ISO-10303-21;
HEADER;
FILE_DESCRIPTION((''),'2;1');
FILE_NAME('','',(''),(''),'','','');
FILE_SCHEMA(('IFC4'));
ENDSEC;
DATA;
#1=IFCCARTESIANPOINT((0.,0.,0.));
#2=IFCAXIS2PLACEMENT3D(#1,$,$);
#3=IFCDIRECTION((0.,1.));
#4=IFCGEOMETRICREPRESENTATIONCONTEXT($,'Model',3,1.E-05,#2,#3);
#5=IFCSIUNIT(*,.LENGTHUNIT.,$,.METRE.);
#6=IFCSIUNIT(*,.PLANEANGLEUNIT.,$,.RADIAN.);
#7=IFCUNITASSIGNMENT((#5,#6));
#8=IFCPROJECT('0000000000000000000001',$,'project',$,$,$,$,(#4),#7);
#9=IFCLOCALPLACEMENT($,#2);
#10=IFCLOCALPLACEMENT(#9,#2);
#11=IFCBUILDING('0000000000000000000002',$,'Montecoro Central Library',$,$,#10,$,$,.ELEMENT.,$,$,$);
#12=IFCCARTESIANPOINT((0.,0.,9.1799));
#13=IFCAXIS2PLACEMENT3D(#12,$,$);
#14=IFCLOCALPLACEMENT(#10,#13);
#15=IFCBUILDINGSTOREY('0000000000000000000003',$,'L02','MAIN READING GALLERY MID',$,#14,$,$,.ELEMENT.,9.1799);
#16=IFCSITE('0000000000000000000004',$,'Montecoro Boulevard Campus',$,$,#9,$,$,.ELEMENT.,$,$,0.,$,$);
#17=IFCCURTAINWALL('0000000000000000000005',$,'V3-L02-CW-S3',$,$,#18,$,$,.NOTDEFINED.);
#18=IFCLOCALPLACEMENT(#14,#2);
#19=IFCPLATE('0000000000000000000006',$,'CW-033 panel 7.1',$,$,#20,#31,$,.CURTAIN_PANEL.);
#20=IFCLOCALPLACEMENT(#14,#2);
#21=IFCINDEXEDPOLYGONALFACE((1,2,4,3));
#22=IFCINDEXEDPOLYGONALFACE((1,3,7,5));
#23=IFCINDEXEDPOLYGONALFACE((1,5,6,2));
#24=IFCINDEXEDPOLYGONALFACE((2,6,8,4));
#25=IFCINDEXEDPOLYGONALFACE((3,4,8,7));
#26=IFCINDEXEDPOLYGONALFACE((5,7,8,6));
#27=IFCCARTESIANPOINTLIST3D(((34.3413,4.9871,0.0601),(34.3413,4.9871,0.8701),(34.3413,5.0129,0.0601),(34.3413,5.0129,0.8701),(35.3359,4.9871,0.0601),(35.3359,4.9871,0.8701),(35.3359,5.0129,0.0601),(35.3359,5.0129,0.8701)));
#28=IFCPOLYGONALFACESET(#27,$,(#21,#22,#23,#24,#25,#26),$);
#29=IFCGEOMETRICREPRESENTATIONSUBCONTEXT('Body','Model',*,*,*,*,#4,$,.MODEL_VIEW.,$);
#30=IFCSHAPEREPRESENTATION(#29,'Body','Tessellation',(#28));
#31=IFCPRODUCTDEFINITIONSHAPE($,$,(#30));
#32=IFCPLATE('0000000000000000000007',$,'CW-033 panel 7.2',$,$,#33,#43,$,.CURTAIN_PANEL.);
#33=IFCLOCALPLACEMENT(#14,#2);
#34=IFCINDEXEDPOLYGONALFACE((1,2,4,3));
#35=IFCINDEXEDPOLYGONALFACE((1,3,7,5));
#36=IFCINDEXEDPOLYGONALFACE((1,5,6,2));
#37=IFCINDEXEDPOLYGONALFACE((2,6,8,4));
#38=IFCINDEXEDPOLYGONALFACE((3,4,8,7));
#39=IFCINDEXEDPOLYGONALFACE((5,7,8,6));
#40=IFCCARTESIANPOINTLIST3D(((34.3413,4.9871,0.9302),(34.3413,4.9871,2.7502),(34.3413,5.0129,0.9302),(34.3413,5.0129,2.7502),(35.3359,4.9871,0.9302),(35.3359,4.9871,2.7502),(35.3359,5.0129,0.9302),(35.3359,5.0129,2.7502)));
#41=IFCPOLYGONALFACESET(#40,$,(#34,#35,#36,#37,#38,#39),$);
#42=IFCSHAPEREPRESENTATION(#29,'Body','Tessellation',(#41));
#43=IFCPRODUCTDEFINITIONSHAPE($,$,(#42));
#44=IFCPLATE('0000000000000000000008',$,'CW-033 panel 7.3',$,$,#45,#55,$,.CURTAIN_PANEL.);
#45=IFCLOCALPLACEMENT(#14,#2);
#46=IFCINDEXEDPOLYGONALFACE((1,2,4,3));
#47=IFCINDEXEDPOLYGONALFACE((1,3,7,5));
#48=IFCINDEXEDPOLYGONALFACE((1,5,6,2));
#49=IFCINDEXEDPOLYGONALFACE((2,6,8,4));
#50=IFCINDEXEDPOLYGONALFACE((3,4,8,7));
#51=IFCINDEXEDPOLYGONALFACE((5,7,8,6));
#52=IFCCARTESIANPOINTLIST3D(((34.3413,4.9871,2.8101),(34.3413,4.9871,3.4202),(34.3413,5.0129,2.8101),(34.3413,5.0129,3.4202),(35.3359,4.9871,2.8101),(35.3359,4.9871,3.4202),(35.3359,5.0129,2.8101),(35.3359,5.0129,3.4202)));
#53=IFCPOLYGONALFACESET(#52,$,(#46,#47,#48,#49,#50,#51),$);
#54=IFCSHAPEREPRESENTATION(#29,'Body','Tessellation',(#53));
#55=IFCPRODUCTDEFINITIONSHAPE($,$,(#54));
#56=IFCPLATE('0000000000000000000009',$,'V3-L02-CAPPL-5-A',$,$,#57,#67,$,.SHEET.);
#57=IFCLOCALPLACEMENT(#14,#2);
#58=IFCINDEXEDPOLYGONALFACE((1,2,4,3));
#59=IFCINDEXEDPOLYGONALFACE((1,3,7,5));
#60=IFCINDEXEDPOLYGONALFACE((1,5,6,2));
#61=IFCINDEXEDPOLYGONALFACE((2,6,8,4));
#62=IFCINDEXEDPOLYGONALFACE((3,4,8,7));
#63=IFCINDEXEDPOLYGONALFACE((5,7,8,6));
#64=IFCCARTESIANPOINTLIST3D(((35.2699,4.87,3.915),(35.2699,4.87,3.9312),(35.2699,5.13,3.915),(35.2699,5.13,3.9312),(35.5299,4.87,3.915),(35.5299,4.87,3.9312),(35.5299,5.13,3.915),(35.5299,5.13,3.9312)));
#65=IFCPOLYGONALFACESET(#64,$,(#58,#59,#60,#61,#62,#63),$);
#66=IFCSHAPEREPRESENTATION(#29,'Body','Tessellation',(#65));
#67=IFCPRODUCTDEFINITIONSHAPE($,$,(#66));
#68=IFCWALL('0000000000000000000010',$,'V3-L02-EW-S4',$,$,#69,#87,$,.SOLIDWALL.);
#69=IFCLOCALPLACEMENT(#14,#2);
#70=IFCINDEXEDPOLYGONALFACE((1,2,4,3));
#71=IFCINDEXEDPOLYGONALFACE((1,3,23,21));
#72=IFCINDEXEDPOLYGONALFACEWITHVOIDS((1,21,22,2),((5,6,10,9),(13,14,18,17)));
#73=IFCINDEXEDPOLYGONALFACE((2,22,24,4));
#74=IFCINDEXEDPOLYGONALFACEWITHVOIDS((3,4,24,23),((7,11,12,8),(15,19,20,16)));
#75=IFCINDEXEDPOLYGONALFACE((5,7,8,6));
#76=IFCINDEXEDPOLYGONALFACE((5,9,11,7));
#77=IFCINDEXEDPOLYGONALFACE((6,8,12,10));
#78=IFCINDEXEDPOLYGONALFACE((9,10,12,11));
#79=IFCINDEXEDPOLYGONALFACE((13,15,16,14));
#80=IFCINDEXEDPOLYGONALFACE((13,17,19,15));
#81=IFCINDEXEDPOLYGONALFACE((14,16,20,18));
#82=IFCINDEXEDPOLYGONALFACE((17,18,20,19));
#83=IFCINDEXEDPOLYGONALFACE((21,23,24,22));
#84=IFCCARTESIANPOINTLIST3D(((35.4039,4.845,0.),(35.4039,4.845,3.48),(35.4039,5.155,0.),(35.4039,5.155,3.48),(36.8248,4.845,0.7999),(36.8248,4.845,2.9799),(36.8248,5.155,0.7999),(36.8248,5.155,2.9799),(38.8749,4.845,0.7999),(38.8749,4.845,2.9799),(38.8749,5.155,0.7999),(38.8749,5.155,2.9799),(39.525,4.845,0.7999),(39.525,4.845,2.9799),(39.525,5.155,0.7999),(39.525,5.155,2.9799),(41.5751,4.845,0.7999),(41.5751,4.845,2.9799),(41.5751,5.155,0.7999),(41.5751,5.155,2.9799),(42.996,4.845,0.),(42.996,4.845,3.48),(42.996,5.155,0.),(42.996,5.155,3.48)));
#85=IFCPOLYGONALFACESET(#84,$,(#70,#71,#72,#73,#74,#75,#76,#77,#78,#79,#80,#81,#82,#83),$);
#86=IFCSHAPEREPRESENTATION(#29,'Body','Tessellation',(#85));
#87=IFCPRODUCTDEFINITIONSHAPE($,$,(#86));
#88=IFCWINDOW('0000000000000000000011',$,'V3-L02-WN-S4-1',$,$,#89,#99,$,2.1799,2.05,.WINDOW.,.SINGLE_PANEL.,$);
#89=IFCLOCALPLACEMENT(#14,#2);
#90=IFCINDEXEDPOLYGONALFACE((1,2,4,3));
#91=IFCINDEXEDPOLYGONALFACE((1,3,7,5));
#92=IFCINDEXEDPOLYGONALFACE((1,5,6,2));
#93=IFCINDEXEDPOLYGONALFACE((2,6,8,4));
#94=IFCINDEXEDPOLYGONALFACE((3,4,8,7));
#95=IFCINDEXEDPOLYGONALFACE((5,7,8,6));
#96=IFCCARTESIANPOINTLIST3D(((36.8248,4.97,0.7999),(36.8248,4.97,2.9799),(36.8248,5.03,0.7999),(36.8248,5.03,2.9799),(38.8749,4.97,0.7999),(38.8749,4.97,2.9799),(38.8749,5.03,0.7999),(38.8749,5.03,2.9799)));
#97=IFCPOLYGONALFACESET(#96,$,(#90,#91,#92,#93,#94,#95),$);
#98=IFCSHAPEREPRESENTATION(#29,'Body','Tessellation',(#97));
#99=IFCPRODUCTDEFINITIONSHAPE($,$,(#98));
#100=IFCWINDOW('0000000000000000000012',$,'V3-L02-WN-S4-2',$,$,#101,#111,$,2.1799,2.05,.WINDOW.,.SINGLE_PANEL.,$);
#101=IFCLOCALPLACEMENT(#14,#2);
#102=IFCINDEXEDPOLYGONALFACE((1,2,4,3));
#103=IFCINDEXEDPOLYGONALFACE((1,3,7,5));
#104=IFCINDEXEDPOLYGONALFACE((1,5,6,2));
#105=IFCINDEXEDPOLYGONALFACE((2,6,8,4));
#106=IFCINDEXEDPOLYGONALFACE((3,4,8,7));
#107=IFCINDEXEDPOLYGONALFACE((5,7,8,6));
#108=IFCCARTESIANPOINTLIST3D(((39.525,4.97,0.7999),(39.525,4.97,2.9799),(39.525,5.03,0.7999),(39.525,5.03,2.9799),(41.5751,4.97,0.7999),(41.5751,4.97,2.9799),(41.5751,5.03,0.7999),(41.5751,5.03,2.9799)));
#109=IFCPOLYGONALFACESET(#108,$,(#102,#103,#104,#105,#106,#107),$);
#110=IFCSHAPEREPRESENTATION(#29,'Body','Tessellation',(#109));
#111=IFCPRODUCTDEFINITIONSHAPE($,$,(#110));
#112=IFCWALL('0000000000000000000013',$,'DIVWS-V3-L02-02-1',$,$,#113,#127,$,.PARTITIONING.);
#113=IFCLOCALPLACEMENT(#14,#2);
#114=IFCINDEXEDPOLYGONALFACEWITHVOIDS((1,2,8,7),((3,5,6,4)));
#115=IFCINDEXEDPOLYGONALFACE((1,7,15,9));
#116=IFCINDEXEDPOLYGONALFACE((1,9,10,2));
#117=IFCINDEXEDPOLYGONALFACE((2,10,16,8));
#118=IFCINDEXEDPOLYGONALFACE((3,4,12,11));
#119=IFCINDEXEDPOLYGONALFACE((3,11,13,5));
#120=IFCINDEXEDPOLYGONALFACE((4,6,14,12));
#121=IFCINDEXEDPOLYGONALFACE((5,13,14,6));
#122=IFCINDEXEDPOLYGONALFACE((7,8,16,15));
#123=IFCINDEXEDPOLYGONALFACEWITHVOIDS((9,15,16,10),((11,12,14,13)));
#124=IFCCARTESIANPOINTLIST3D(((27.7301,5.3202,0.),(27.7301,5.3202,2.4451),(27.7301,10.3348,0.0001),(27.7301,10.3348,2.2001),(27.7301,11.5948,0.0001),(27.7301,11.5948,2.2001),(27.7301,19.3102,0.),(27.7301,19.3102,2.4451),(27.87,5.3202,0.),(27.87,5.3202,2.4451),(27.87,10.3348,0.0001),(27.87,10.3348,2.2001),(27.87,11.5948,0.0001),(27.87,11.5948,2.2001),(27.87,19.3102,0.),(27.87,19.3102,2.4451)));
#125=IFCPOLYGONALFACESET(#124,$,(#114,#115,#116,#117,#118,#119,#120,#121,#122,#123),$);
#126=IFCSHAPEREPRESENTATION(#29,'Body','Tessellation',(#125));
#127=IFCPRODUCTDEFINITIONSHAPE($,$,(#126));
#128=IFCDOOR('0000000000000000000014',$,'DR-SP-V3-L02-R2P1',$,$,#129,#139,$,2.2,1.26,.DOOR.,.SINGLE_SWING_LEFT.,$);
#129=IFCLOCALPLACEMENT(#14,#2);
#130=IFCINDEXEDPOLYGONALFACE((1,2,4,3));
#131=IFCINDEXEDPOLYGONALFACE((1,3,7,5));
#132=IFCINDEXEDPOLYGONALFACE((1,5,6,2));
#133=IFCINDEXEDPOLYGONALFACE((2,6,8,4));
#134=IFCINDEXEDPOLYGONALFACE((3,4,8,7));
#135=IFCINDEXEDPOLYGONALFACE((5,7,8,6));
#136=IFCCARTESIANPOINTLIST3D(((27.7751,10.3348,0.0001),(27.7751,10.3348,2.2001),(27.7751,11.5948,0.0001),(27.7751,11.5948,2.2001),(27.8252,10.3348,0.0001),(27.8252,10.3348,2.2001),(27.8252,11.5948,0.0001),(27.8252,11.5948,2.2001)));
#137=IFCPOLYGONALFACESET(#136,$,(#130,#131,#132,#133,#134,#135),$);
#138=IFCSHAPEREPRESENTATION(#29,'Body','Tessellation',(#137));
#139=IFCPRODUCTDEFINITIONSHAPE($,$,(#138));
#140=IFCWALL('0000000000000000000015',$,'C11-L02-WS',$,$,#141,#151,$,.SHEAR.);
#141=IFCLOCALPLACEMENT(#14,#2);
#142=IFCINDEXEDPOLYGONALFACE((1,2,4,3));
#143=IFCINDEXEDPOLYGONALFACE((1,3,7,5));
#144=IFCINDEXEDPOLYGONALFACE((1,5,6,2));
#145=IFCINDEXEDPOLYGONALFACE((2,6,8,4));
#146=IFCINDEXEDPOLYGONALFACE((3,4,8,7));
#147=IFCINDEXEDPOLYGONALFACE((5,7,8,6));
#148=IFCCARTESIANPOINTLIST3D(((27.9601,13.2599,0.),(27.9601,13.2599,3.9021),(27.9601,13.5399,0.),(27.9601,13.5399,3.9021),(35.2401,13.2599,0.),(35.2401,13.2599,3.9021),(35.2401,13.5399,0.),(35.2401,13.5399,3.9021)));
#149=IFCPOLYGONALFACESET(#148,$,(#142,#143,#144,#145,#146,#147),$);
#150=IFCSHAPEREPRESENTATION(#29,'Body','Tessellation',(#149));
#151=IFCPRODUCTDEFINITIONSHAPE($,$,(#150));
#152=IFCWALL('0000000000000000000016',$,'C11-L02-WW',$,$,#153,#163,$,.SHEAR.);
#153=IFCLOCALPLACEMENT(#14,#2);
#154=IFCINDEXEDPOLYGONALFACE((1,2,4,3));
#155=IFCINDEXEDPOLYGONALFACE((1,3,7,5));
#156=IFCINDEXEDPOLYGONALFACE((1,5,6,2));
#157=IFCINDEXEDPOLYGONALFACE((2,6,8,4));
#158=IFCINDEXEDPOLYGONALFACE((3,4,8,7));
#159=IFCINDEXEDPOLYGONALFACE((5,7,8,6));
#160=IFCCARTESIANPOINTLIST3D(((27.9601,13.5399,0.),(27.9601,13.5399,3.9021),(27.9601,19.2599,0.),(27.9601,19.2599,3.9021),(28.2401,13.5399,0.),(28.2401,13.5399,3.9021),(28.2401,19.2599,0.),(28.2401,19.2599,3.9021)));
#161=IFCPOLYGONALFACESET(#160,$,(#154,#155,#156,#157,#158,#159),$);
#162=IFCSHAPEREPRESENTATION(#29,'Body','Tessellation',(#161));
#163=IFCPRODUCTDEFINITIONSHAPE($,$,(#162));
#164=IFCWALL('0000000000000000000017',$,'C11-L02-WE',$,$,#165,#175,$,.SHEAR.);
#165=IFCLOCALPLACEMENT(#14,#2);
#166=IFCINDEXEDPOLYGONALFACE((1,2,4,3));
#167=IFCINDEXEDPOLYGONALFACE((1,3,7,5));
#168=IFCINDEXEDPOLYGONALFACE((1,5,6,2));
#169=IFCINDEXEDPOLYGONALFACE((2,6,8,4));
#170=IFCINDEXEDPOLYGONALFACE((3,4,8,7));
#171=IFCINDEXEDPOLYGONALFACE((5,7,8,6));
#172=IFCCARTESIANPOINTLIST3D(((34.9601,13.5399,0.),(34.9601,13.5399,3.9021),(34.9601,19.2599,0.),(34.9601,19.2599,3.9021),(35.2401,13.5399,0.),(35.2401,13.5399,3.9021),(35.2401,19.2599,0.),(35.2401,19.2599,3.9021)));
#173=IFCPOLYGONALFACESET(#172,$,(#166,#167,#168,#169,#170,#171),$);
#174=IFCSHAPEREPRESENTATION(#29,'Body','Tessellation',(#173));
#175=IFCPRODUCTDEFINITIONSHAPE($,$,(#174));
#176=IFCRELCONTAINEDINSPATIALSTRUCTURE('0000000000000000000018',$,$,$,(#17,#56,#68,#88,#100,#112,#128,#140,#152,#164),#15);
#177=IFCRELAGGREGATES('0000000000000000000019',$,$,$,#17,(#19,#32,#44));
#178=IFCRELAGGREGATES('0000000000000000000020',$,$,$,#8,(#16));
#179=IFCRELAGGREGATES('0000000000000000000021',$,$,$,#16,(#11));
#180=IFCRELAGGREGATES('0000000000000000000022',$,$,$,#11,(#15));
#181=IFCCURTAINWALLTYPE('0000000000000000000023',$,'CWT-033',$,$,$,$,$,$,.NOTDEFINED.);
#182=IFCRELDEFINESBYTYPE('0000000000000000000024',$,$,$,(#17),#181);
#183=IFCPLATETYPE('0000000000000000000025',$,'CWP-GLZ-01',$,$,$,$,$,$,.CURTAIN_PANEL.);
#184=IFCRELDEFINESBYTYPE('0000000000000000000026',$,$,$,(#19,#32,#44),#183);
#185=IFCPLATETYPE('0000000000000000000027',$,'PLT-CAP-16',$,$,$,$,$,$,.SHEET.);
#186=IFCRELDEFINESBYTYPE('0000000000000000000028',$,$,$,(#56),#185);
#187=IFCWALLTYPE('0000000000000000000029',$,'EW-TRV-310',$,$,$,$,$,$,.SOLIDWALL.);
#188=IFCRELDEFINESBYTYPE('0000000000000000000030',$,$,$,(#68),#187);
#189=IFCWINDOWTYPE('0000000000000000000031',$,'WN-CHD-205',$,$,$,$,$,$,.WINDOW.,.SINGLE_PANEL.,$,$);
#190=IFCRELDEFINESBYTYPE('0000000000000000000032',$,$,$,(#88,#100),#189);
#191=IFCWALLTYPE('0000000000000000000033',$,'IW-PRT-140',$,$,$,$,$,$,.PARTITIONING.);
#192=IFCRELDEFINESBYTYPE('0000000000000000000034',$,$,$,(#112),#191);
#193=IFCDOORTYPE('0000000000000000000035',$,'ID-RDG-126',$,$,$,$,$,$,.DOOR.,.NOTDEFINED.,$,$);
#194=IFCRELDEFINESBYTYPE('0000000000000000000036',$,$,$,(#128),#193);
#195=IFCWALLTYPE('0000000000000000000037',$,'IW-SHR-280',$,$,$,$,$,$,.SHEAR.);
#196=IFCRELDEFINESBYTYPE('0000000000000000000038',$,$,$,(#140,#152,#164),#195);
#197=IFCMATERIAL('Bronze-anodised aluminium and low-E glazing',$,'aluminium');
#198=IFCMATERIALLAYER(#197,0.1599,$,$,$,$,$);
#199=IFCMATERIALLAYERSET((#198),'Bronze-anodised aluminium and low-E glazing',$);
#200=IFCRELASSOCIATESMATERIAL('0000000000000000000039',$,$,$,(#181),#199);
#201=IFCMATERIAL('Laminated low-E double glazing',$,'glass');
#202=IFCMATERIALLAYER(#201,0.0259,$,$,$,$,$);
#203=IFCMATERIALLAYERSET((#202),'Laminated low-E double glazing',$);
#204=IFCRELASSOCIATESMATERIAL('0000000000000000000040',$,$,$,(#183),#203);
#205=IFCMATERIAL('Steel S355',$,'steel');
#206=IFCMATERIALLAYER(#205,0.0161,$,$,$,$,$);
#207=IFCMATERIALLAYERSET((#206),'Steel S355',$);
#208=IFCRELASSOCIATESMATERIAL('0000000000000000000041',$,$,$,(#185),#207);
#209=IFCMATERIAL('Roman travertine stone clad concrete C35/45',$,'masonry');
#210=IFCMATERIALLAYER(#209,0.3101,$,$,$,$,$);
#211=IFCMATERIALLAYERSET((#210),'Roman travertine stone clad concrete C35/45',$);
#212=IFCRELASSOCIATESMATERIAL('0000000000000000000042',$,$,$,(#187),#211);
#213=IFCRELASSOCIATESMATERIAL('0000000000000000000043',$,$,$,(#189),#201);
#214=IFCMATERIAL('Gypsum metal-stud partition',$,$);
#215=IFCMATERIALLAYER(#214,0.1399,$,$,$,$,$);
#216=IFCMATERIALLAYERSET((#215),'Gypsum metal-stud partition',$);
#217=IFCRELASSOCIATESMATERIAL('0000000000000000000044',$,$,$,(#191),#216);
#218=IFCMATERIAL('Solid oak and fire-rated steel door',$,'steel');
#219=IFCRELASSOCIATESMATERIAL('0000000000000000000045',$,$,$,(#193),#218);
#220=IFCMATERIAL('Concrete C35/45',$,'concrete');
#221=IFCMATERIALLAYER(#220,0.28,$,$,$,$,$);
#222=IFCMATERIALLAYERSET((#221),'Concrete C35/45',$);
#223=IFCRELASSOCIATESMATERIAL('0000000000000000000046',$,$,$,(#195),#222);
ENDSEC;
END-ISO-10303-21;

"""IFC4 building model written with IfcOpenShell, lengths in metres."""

from ifc_helpers import new_model, si_unit, direction, frame, frame_2d, origin, origin_2d, place, context, subcontext, project, spatial, rectangle, extrude, material, layer, layer_set, type_object, element, fill, aggregate, save


model = new_model("IFC4")

# Units and contexts
model_context = context("Model", 3, precision=1e-05, world=origin(), true_north=direction((0.0, 1.0)))
body_context = subcontext(model_context, "Body", "Model", "MODEL_VIEW")
ifc_project = project(units=[si_unit("LENGTHUNIT", "METRE"), si_unit("PLANEANGLEUNIT", "RADIAN")], contexts=[model_context])

# Site, building, storey
site_placement = place(None, origin())
site = spatial("IfcSite", under=ifc_project, at=site_placement, Name="Montecoro Boulevard Campus", CompositionType="ELEMENT", RefElevation=0.0)
building_placement = place(site_placement, origin())
building = spatial("IfcBuilding", under=site, at=building_placement, Name="Montecoro Central Library", CompositionType="ELEMENT")
storey_placement = place(building_placement, frame((0.0, 0.0, 9.1799)))
storey = spatial("IfcBuildingStorey", under=building, at=storey_placement, Name="L02", Description="MAIN READING GALLERY MID", CompositionType="ELEMENT", Elevation=9.1799)

# Shared definitions
ifc_material_1 = material(Name="Steel S355", Category="steel")

# Curtain wall, plates
ifc_material_2 = material(Name="Bronze-anodised aluminium and low-E glazing", Category="aluminium")
ifc_layer_1 = layer(ifc_material_2, 0.1599)
ifc_layer_set_1 = layer_set([ifc_layer_1], Name="Bronze-anodised aluminium and low-E glazing")
curtain_wall_type = type_object("IfcCurtainWallType", Name="CWT-033", PredefinedType="NOTDEFINED", material=ifc_layer_set_1)
curtain_wall_placement = place(storey_placement, origin())
curtain_wall = element("IfcCurtainWall", 1, at=curtain_wall_placement, inside=storey, type_object=curtain_wall_type, Name="V3-L02-CW-S3", PredefinedType="NOTDEFINED")
ifc_material_3 = material(Name="Laminated low-E double glazing", Category="glass")
ifc_layer_2 = layer(ifc_material_3, 0.0259)
ifc_layer_set_2 = layer_set([ifc_layer_2], Name="Laminated low-E double glazing")
plate_type_1 = type_object("IfcPlateType", Name="CWP-GLZ-01", PredefinedType="CURTAIN_PANEL", material=ifc_layer_set_2)
plate_1_placement = place(storey_placement, frame((34.8386, 5.0, 0.0601), z_axis=(0.0, 0.0, 1.0), x_axis=(1.0, 0.0, 0.0)))
plate_1 = element("IfcPlate", 2, at=plate_1_placement, type_object=plate_type_1, Name="CW-033 panel 7.1", PredefinedType="CURTAIN_PANEL", context=body_context, shape_type="SweptSolid", body=[
    extrude(rectangle(XDim=0.9946, YDim=0.0259, at=origin_2d()), origin(), (0.0, 0.0, 1.0), 0.8101),
])
plate_2_placement = place(storey_placement, frame((34.8386, 5.0, 0.9302), z_axis=(0.0, 0.0, 1.0), x_axis=(1.0, 0.0, 0.0)))
plate_2 = element("IfcPlate", 3, at=plate_2_placement, type_object=plate_type_1, Name="CW-033 panel 7.2", PredefinedType="CURTAIN_PANEL", context=body_context, shape_type="SweptSolid", body=[
    extrude(rectangle(XDim=0.9946, YDim=0.0259, at=origin_2d()), origin(), (0.0, 0.0, 1.0), 1.8201),
])
plate_3_placement = place(storey_placement, frame((34.8386, 5.0, 2.8101), z_axis=(0.0, 0.0, 1.0), x_axis=(1.0, 0.0, 0.0)))
plate_3 = element("IfcPlate", 4, at=plate_3_placement, type_object=plate_type_1, Name="CW-033 panel 7.3", PredefinedType="CURTAIN_PANEL", context=body_context, shape_type="SweptSolid", body=[
    extrude(rectangle(XDim=0.9946, YDim=0.0259, at=origin_2d()), origin(), (0.0, 0.0, 1.0), 0.6101),
])
aggregate(curtain_wall, [plate_1, plate_2, plate_3])

# Plate
ifc_layer_3 = layer(ifc_material_1, 0.0161)
ifc_layer_set_3 = layer_set([ifc_layer_3], Name="Steel S355")
plate_type_2 = type_object("IfcPlateType", Name="PLT-CAP-16", PredefinedType="SHEET", material=ifc_layer_set_3)
plate_4_placement = place(storey_placement, frame((35.3999, 5.0, 3.915), z_axis=(0.0, 0.0, 1.0), x_axis=(1.0, 0.0, 0.0)))
element("IfcPlate", 5, at=plate_4_placement, inside=storey, type_object=plate_type_2, Name="V3-L02-CAPPL-5-A", PredefinedType="SHEET", context=body_context, shape_type="SweptSolid", body=[
    extrude(rectangle(XDim=0.26, YDim=0.26, at=origin_2d()), origin(), (0.0, 0.0, 1.0), 0.0161),
])

# Wall, openings, windows
ifc_material_4 = material(Name="Roman travertine stone clad concrete C35/45", Category="masonry")
ifc_layer_4 = layer(ifc_material_4, 0.3101)
ifc_layer_set_4 = layer_set([ifc_layer_4], Name="Roman travertine stone clad concrete C35/45")
wall_type_1 = type_object("IfcWallType", Name="EW-TRV-310", PredefinedType="SOLIDWALL", material=ifc_layer_set_4)
wall_1_placement = place(storey_placement, frame((35.4041, 5.0, 0.0), z_axis=(0.0, 0.0, 1.0), x_axis=(1.0, 0.0, 0.0)))
wall_1 = element("IfcWall", 6, at=wall_1_placement, inside=storey, type_object=wall_type_1, Name="V3-L02-EW-S4", PredefinedType="SOLIDWALL", context=body_context, shape_type="SweptSolid", body=[
    extrude(rectangle(XDim=7.592, YDim=0.3101, at=frame_2d((3.7959, 0.0))), origin(), (0.0, 0.0, 1.0), 3.48),
])
opening_1_placement = place(wall_1_placement, frame((1.4209, 0.0, 0.8)))
opening_1 = element("IfcOpeningElement", 7, at=opening_1_placement, cuts=wall_1, PredefinedType="OPENING", context=body_context, shape_type="SweptSolid", body=[
    extrude(rectangle(XDim=2.05, YDim=2.1799, at=frame_2d((1.0249, 1.0898))), frame((0.0, 0.165, 0.0), z_axis=(0.0, -1.0, 0.0), x_axis=(1.0, 0.0, 0.0)), (0.0, 0.0, 1.0), 0.3301),
])
opening_2_placement = place(wall_1_placement, frame((4.1211, 0.0, 0.8)))
opening_2 = element("IfcOpeningElement", 8, at=opening_2_placement, cuts=wall_1, PredefinedType="OPENING", context=body_context, shape_type="SweptSolid", body=[
    extrude(rectangle(XDim=2.05, YDim=2.1799, at=frame_2d((1.0249, 1.0898))), frame((0.0, 0.165, 0.0), z_axis=(0.0, -1.0, 0.0), x_axis=(1.0, 0.0, 0.0)), (0.0, 0.0, 1.0), 0.3301),
])
window_type = type_object("IfcWindowType", Name="WN-CHD-205", PartitioningType="SINGLE_PANEL", PredefinedType="WINDOW", material=ifc_material_3)
window_1_placement = place(opening_1_placement, origin())
window_1 = element("IfcWindow", 9, at=window_1_placement, inside=storey, type_object=window_type, Name="V3-L02-WN-S4-1", OverallHeight=2.1799, OverallWidth=2.05, PartitioningType="SINGLE_PANEL", PredefinedType="WINDOW", context=body_context, shape_type="SweptSolid", body=[
    extrude(rectangle(XDim=2.05, YDim=2.1799, at=frame_2d((1.0249, 1.0898))), frame((0.0, 0.03, 0.0), z_axis=(0.0, -1.0, 0.0), x_axis=(1.0, 0.0, 0.0)), (0.0, 0.0, 1.0), 0.0601),
])
fill(opening_1, window_1)
window_2_placement = place(opening_2_placement, origin())
window_2 = element("IfcWindow", 10, at=window_2_placement, inside=storey, type_object=window_type, Name="V3-L02-WN-S4-2", OverallHeight=2.1799, OverallWidth=2.05, PartitioningType="SINGLE_PANEL", PredefinedType="WINDOW", context=body_context, shape_type="SweptSolid", body=[
    extrude(rectangle(XDim=2.05, YDim=2.1799, at=frame_2d((1.0249, 1.0898))), frame((0.0, 0.03, 0.0), z_axis=(0.0, -1.0, 0.0), x_axis=(1.0, 0.0, 0.0)), (0.0, 0.0, 1.0), 0.0601),
])
fill(opening_2, window_2)

# Wall, opening, door
ifc_material_5 = material(Name="Gypsum metal-stud partition")
ifc_layer_5 = layer(ifc_material_5, 0.1399)
ifc_layer_set_5 = layer_set([ifc_layer_5], Name="Gypsum metal-stud partition")
wall_type_2 = type_object("IfcWallType", Name="IW-PRT-140", PredefinedType="PARTITIONING", material=ifc_layer_set_5)
wall_2_placement = place(storey_placement, frame((27.8, 5.3201, 0.0), z_axis=(0.0, 0.0, 1.0), x_axis=(0.0, 1.0, 0.0)))
wall_2 = element("IfcWall", 11, at=wall_2_placement, inside=storey, type_object=wall_type_2, Name="DIVWS-V3-L02-02-1", PredefinedType="PARTITIONING", context=body_context, shape_type="SweptSolid", body=[
    extrude(rectangle(XDim=13.99, YDim=0.1399, at=frame_2d((6.9951, 0.0))), origin(), (0.0, 0.0, 1.0), 2.4451),
])
opening_3_placement = place(wall_2_placement, frame((5.0149, 0.0, 0.0)))
opening_3 = element("IfcOpeningElement", 12, at=opening_3_placement, cuts=wall_2, PredefinedType="OPENING", context=body_context, shape_type="SweptSolid", body=[
    extrude(rectangle(XDim=1.26, YDim=2.2, at=frame_2d((0.6299, 1.1001))), frame((0.0, 0.0798, 0.0), z_axis=(0.0, -1.0, 0.0), x_axis=(1.0, 0.0, 0.0)), (0.0, 0.0, 1.0), 0.1599),
])
ifc_material_6 = material(Name="Solid oak and fire-rated steel door", Category="steel")
door_type = type_object("IfcDoorType", Name="ID-RDG-126", OperationType="NOTDEFINED", PredefinedType="DOOR", material=ifc_material_6)
door_placement = place(opening_3_placement, origin())
door = element("IfcDoor", 13, at=door_placement, inside=storey, type_object=door_type, Name="DR-SP-V3-L02-R2P1", OperationType="SINGLE_SWING_LEFT", OverallHeight=2.2, OverallWidth=1.26, PredefinedType="DOOR", context=body_context, shape_type="SweptSolid", body=[
    extrude(rectangle(XDim=1.26, YDim=2.2, at=frame_2d((0.6299, 1.1001))), frame((0.0, 0.0249, 0.0), z_axis=(0.0, -1.0, 0.0), x_axis=(1.0, 0.0, 0.0)), (0.0, 0.0, 1.0), 0.05),
])
fill(opening_3, door)

# Walls
ifc_material_7 = material(Name="Concrete C35/45", Category="concrete")
ifc_layer_6 = layer(ifc_material_7, 0.28)
ifc_layer_set_6 = layer_set([ifc_layer_6], Name="Concrete C35/45")
wall_type_3 = type_object("IfcWallType", Name="IW-SHR-280", PredefinedType="SHEAR", material=ifc_layer_set_6)
wall_3_placement = place(storey_placement, frame((27.96, 13.3999, 0.0), z_axis=(0.0, 0.0, 1.0), x_axis=(1.0, 0.0, 0.0)))
element("IfcWall", 14, at=wall_3_placement, inside=storey, type_object=wall_type_3, Name="C11-L02-WS", PredefinedType="SHEAR", context=body_context, shape_type="SweptSolid", body=[
    extrude(rectangle(XDim=7.28, YDim=0.28, at=frame_2d((3.6401, 0.0))), origin(), (0.0, 0.0, 1.0), 3.9021),
])
for number, where, z_axis, x_axis, name in (
    (15, (28.1001, 13.54, 0.0), (0.0, 0.0, 1.0), (0.0, 1.0, 0.0), "C11-L02-WW"),
    (16, (35.1001, 13.54, 0.0), (0.0, 0.0, 1.0), (0.0, 1.0, 0.0), "C11-L02-WE"),
):
    element("IfcWall", number, at=place(storey_placement, frame(where, z_axis=z_axis, x_axis=x_axis)), inside=storey, type_object=wall_type_3, Name=name, PredefinedType="SHEAR", context=body_context, shape_type="SweptSolid", body=[
        extrude(rectangle(XDim=5.72, YDim=0.28, at=frame_2d((2.8599, 0.0))), origin(), (0.0, 0.0, 1.0), 3.9021),
    ])

save(model, "model.ifc")
